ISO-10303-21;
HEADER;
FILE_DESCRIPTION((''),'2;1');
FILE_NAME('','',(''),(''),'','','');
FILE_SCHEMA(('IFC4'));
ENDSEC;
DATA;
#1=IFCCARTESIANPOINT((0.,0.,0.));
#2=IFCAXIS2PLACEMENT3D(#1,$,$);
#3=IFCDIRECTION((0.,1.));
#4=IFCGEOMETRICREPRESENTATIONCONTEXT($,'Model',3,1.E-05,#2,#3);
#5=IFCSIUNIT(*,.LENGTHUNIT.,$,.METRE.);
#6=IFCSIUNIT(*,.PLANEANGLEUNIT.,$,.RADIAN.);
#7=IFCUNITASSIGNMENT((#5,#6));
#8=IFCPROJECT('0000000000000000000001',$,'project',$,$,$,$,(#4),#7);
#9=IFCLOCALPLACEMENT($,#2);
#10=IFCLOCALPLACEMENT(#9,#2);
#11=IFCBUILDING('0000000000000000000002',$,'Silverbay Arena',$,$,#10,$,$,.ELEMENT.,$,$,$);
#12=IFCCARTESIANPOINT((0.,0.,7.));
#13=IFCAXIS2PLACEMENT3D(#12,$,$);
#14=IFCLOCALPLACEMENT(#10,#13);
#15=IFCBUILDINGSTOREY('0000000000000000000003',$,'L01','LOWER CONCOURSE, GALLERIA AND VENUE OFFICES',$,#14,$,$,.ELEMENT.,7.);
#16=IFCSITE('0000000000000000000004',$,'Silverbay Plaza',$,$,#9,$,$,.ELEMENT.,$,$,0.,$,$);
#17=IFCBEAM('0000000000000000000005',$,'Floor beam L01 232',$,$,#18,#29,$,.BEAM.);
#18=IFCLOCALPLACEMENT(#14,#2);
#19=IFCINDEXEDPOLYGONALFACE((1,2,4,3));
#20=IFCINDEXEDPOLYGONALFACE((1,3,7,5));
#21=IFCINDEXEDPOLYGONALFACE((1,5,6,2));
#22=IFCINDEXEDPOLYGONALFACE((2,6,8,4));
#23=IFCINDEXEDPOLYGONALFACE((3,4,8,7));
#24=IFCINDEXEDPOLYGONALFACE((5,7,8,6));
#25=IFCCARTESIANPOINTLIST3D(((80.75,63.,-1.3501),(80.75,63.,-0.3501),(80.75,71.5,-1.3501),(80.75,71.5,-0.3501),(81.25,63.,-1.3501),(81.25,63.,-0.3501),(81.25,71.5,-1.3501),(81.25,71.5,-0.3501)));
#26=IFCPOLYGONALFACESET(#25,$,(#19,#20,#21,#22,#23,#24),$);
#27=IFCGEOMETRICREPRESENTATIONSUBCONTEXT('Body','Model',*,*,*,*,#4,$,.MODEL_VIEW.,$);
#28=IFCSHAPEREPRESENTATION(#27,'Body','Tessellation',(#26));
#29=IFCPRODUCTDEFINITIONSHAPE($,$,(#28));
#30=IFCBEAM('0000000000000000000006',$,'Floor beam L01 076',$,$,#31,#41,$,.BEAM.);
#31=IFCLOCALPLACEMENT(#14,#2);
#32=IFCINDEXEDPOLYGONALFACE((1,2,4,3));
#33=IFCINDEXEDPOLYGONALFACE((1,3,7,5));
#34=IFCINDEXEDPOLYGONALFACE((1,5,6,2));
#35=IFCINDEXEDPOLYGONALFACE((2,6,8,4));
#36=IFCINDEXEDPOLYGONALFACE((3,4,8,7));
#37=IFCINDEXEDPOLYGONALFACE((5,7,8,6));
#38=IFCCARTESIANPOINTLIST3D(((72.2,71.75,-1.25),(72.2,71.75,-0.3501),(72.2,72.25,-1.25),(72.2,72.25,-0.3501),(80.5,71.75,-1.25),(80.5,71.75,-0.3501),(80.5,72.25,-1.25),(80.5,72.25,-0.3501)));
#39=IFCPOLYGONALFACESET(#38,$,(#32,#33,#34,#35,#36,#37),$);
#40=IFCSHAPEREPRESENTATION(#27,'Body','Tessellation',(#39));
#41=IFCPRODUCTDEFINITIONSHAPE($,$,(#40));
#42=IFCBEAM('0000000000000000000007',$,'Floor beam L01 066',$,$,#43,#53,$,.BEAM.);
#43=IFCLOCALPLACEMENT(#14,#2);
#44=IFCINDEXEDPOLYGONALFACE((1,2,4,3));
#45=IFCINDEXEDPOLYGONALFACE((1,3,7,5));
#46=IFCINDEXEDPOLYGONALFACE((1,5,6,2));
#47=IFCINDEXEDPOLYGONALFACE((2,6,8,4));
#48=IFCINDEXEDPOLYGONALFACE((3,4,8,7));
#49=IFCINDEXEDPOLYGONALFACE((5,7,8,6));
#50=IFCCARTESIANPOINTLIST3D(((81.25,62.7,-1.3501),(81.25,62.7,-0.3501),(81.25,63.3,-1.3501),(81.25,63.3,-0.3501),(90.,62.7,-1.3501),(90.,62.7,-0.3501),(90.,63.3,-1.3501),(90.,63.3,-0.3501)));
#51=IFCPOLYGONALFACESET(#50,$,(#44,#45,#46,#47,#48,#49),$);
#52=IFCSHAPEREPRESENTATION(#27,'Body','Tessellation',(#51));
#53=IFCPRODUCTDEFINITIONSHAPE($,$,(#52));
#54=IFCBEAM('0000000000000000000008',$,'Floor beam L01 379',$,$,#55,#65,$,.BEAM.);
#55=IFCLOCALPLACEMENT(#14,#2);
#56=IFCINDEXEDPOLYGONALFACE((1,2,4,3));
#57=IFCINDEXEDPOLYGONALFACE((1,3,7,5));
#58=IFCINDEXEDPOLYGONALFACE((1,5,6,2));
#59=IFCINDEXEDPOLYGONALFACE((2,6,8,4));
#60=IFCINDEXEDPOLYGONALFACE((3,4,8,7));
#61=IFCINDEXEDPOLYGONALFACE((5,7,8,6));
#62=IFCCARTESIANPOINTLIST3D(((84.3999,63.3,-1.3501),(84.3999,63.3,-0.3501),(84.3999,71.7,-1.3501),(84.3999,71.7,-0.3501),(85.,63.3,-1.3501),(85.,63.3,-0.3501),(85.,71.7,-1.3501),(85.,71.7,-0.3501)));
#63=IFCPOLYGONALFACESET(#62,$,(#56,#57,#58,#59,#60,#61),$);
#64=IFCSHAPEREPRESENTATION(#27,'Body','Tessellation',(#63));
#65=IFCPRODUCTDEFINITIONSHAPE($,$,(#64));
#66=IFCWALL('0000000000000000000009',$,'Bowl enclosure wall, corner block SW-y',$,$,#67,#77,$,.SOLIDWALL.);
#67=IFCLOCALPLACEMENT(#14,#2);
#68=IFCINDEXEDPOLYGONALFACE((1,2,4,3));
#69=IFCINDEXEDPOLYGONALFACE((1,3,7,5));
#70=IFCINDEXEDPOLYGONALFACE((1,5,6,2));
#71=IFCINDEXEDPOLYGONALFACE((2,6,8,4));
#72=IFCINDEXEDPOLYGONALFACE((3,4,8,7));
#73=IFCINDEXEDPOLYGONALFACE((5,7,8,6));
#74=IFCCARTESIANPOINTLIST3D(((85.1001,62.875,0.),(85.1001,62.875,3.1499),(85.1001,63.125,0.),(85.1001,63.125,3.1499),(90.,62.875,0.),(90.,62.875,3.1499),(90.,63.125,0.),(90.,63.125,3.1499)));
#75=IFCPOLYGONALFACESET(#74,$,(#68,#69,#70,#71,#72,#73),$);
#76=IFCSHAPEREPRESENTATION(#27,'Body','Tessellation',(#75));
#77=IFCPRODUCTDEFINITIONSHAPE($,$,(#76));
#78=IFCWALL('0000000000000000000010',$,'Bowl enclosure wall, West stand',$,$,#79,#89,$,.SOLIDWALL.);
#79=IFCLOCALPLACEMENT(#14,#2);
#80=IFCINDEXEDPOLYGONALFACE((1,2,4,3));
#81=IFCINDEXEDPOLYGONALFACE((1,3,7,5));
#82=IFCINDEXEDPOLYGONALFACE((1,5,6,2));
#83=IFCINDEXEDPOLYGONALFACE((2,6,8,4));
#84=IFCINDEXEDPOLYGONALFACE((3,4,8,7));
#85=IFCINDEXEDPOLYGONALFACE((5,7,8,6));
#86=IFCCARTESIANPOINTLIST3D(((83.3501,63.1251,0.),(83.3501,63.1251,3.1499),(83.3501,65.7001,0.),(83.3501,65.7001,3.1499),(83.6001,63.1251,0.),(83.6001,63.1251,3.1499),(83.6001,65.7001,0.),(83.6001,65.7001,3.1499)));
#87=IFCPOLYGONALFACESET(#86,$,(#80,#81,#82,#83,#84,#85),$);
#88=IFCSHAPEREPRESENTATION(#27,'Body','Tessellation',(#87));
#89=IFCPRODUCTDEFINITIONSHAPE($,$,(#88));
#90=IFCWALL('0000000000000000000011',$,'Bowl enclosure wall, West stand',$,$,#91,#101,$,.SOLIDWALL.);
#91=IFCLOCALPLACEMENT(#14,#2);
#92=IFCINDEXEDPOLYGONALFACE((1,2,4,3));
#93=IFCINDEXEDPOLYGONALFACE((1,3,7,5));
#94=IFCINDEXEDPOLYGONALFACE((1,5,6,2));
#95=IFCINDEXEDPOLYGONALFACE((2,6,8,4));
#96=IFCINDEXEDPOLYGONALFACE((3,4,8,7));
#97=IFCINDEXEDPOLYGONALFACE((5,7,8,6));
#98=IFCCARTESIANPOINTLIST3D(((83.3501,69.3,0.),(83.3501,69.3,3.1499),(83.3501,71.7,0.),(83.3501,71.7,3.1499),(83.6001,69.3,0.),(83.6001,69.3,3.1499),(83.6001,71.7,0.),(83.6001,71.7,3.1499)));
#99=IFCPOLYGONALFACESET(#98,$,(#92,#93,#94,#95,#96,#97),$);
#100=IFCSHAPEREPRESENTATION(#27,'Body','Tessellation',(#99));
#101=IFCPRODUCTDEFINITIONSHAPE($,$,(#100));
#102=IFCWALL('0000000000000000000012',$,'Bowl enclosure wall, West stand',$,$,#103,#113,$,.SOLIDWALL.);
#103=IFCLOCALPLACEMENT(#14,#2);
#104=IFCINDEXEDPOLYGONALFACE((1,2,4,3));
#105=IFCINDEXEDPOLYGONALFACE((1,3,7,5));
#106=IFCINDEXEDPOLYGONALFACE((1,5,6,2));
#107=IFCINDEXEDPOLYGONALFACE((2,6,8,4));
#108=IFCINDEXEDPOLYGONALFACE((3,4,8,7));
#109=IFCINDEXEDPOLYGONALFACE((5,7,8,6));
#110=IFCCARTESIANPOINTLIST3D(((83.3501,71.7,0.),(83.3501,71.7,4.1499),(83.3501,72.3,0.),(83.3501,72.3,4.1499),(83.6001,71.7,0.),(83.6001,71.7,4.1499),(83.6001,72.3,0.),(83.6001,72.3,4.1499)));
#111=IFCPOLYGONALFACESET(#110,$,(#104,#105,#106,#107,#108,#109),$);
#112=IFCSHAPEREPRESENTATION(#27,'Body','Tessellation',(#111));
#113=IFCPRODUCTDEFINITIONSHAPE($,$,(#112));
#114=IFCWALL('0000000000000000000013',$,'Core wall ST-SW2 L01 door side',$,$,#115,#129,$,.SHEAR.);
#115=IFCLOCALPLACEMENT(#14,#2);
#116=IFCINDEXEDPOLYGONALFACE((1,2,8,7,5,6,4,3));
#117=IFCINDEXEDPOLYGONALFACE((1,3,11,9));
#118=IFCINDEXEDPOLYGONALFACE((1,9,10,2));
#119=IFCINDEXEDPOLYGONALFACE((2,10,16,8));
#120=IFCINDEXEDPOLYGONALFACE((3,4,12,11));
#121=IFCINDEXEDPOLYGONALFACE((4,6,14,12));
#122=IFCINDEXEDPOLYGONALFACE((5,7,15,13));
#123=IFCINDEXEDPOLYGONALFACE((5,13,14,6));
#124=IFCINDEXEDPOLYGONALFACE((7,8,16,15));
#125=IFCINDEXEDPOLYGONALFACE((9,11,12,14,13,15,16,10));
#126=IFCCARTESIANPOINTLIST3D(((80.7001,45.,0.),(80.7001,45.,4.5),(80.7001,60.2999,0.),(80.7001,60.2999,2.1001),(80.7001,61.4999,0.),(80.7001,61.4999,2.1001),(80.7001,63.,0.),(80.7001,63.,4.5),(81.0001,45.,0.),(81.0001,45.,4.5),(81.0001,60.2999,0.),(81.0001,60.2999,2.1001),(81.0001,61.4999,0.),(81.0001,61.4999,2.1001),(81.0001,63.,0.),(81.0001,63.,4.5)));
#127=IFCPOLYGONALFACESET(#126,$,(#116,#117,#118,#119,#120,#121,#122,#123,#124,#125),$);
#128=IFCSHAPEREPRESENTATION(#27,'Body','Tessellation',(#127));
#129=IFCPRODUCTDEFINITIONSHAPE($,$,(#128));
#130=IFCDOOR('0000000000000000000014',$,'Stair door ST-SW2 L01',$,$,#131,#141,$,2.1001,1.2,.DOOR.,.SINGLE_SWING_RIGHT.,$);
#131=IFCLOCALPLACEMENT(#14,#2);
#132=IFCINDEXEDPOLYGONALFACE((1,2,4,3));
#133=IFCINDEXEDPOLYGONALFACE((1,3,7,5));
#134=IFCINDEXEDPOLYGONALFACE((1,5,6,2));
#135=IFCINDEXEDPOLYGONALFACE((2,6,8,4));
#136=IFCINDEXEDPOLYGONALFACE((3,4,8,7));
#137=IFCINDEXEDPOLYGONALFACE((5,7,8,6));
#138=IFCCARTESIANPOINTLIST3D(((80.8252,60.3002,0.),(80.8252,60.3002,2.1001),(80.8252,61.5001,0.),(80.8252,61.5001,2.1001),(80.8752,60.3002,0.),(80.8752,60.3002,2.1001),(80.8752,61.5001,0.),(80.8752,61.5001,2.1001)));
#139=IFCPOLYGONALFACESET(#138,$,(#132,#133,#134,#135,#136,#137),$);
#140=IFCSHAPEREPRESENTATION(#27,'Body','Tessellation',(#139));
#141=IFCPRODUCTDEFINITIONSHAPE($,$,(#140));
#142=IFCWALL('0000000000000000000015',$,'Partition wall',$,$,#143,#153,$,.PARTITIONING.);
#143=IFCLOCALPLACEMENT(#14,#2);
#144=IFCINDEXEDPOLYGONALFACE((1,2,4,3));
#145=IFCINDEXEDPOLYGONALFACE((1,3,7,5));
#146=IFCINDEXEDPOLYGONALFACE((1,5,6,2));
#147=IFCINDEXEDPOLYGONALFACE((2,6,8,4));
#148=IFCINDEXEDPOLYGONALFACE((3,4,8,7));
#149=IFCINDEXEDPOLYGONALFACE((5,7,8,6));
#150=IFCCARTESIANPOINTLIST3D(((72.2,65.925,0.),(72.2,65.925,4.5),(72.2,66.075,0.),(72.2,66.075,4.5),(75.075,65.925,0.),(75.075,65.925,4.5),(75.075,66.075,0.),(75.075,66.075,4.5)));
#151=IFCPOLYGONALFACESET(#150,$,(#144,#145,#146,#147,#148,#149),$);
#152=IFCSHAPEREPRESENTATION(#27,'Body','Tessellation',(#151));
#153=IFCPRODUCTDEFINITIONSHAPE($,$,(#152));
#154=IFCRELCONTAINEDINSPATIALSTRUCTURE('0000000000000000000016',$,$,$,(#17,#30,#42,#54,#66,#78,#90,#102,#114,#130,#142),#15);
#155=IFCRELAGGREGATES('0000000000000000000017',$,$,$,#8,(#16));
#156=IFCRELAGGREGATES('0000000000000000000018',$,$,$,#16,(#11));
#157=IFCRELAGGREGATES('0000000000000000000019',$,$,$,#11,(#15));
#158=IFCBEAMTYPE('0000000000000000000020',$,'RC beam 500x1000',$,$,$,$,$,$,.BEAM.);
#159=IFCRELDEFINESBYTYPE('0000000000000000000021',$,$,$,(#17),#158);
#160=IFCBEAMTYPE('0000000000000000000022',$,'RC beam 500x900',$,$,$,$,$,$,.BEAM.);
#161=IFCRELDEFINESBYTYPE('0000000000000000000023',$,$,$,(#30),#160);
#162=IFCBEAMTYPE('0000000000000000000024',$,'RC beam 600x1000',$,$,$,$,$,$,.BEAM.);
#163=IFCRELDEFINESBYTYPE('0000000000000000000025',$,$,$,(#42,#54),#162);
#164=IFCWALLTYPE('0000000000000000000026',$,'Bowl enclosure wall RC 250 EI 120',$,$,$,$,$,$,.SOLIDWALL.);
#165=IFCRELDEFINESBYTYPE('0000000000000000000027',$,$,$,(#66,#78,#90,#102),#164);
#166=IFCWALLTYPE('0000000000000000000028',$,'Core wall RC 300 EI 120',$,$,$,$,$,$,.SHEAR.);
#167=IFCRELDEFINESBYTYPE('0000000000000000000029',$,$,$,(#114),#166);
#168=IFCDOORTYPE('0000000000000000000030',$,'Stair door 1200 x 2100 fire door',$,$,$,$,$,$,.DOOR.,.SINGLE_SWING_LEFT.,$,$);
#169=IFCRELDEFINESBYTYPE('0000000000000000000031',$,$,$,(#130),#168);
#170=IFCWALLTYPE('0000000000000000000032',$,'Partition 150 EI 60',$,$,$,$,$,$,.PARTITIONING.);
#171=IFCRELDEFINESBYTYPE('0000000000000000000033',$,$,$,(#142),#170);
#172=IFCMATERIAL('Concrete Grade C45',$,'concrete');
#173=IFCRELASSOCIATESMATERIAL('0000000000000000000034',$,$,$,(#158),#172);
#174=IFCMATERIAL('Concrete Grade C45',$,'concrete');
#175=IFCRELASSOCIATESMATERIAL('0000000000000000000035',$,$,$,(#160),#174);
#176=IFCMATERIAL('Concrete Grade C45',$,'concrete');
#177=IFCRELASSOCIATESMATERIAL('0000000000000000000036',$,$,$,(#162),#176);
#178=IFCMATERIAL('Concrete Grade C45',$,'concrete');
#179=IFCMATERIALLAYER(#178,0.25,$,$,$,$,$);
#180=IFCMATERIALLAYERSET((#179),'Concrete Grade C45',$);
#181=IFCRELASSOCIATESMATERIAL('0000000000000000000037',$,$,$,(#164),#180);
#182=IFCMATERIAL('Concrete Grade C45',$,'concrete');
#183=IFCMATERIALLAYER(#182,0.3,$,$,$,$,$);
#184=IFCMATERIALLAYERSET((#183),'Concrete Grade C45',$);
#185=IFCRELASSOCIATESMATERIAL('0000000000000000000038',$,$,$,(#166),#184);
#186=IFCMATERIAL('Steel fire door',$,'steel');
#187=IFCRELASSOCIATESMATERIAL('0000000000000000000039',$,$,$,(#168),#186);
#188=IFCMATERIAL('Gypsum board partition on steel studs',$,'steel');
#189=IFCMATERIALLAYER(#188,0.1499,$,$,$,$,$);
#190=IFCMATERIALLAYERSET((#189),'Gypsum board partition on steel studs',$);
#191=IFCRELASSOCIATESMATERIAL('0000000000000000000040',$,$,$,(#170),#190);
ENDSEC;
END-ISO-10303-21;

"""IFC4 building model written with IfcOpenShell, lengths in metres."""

from ifc_helpers import new_model, si_unit, direction, frame, frame_2d, origin, origin_2d, place, context, subcontext, project, spatial, rectangle, extrude, material, layer, layer_set, material_profile, profile_set, type_object, element, fill, save


model = new_model("IFC4")

# Units and contexts
model_context = context("Model", 3, precision=1e-05, world=origin(), true_north=direction((0.0, 1.0)))
body_context = subcontext(model_context, "Body", "Model", "MODEL_VIEW")
ifc_project = project(units=[si_unit("LENGTHUNIT", "METRE"), si_unit("PLANEANGLEUNIT", "RADIAN")], contexts=[model_context])

# Site, building, storey
site_placement = place(None, origin())
site = spatial("IfcSite", under=ifc_project, at=site_placement, Name="Silverbay Plaza", CompositionType="ELEMENT", RefElevation=0.0)
building_placement = place(site_placement, origin())
building = spatial("IfcBuilding", under=site, at=building_placement, Name="Silverbay Arena", CompositionType="ELEMENT")
storey_placement = place(building_placement, frame((0.0, 0.0, 7.0)))
storey = spatial("IfcBuildingStorey", under=building, at=storey_placement, Name="L01", Description="LOWER CONCOURSE, GALLERIA AND VENUE OFFICES", CompositionType="ELEMENT", Elevation=7.0)

# Beams
ifc_material_1 = material(Name="Concrete Grade C45", Category="concrete")
ifc_material_profile_1 = material_profile(ifc_material_1, rectangle(XDim=0.5, YDim=1.0, at=origin_2d()), Name="RC 500x1000")
ifc_profile_set_1 = profile_set([ifc_material_profile_1], Name="Concrete Grade C45")
beam_type_1 = type_object("IfcBeamType", Name="RC beam 500x1000", PredefinedType="BEAM", material=ifc_profile_set_1)
beam_1_placement = place(storey_placement, frame((81.0, 63.0, -0.8501), z_axis=(0.0, 1.0, 0.0), x_axis=(-1.0, 0.0, 0.0)))
element("IfcBeam", 1, at=beam_1_placement, inside=storey, type_object=beam_type_1, Name="Floor beam L01 232", PredefinedType="BEAM", context=body_context, shape_type="SweptSolid", body=[
    extrude(rectangle(XDim=0.5, YDim=1.0, at=origin_2d()), origin(), (0.0, 0.0, 1.0), 8.5),
])
ifc_material_2 = material(Name="Concrete Grade C45", Category="concrete")
ifc_material_profile_2 = material_profile(ifc_material_2, rectangle(XDim=0.5, YDim=0.8999, at=origin_2d()), Name="RC 500x900")
ifc_profile_set_2 = profile_set([ifc_material_profile_2], Name="Concrete Grade C45")
beam_type_2 = type_object("IfcBeamType", Name="RC beam 500x900", PredefinedType="BEAM", material=ifc_profile_set_2)
beam_2_placement = place(storey_placement, frame((72.2, 72.0, -0.8), z_axis=(1.0, 0.0, 0.0), x_axis=(0.0, 1.0, 0.0)))
element("IfcBeam", 2, at=beam_2_placement, inside=storey, type_object=beam_type_2, Name="Floor beam L01 076", PredefinedType="BEAM", context=body_context, shape_type="SweptSolid", body=[
    extrude(rectangle(XDim=0.5, YDim=0.8999, at=origin_2d()), origin(), (0.0, 0.0, 1.0), 8.3),
])
ifc_material_3 = material(Name="Concrete Grade C45", Category="concrete")
ifc_material_profile_3 = material_profile(ifc_material_3, rectangle(XDim=0.6001, YDim=1.0, at=origin_2d()), Name="RC 600x1000")
ifc_profile_set_3 = profile_set([ifc_material_profile_3], Name="Concrete Grade C45")
beam_type_3 = type_object("IfcBeamType", Name="RC beam 600x1000", PredefinedType="BEAM", material=ifc_profile_set_3)
beam_3_placement = place(storey_placement, frame((81.25, 63.0, -0.8501), z_axis=(1.0, 0.0, 0.0), x_axis=(0.0, 1.0, 0.0)))
element("IfcBeam", 3, at=beam_3_placement, inside=storey, type_object=beam_type_3, Name="Floor beam L01 066", PredefinedType="BEAM", context=body_context, shape_type="SweptSolid", body=[
    extrude(rectangle(XDim=0.6001, YDim=1.0, at=origin_2d()), origin(), (0.0, 0.0, 1.0), 8.75),
])
beam_4_placement = place(storey_placement, frame((84.7, 63.3, -0.8501), z_axis=(0.0, 1.0, 0.0), x_axis=(-1.0, 0.0, 0.0)))
element("IfcBeam", 4, at=beam_4_placement, inside=storey, type_object=beam_type_3, Name="Floor beam L01 379", PredefinedType="BEAM", context=body_context, shape_type="SweptSolid", body=[
    extrude(rectangle(XDim=0.6001, YDim=1.0, at=origin_2d()), origin(), (0.0, 0.0, 1.0), 8.3999),
])

# Shared definitions
ifc_material_4 = material(Name="Concrete Grade C45", Category="concrete")
ifc_layer_1 = layer(ifc_material_4, 0.25)
ifc_layer_set_1 = layer_set([ifc_layer_1], Name="Concrete Grade C45")
wall_type_1 = type_object("IfcWallType", Name="Bowl enclosure wall RC 250 EI 120", PredefinedType="SOLIDWALL", material=ifc_layer_set_1)

# Wall
wall_1_placement = place(storey_placement, frame((85.1001, 63.0, 0.0), z_axis=(0.0, 0.0, 1.0), x_axis=(1.0, 0.0, 0.0)))
element("IfcWall", 5, at=wall_1_placement, inside=storey, type_object=wall_type_1, Name="Bowl enclosure wall, corner block SW-y", PredefinedType="SOLIDWALL", context=body_context, shape_type="SweptSolid", body=[
    extrude(rectangle(XDim=4.8999, YDim=0.25, at=frame_2d((2.45, 0.0))), origin(), (0.0, 0.0, 1.0), 3.1499),
])

# Walls
wall_2_placement = place(storey_placement, frame((83.4751, 63.125, 0.0), z_axis=(0.0, 0.0, 1.0), x_axis=(0.0, 1.0, 0.0)))
element("IfcWall", 6, at=wall_2_placement, inside=storey, type_object=wall_type_1, Name="Bowl enclosure wall, West stand", PredefinedType="SOLIDWALL", context=body_context, shape_type="SweptSolid", body=[
    extrude(rectangle(XDim=2.575, YDim=0.25, at=frame_2d((1.2876, 0.0))), origin(), (0.0, 0.0, 1.0), 3.1499),
])
wall_3_placement = place(storey_placement, frame((83.4751, 69.3, 0.0), z_axis=(0.0, 0.0, 1.0), x_axis=(0.0, 1.0, 0.0)))
element("IfcWall", 7, at=wall_3_placement, inside=storey, type_object=wall_type_1, Name="Bowl enclosure wall, West stand", PredefinedType="SOLIDWALL", context=body_context, shape_type="SweptSolid", body=[
    extrude(rectangle(XDim=2.3999, YDim=0.25, at=frame_2d((1.2, 0.0))), origin(), (0.0, 0.0, 1.0), 3.1499),
])
wall_4_placement = place(storey_placement, frame((83.4751, 71.7, 0.0), z_axis=(0.0, 0.0, 1.0), x_axis=(0.0, 1.0, 0.0)))
element("IfcWall", 8, at=wall_4_placement, inside=storey, type_object=wall_type_1, Name="Bowl enclosure wall, West stand", PredefinedType="SOLIDWALL", context=body_context, shape_type="SweptSolid", body=[
    extrude(rectangle(XDim=0.6001, YDim=0.25, at=frame_2d((0.3, 0.0))), origin(), (0.0, 0.0, 1.0), 4.1499),
])

# Wall, opening, door
ifc_material_5 = material(Name="Concrete Grade C45", Category="concrete")
ifc_layer_2 = layer(ifc_material_5, 0.3)
ifc_layer_set_2 = layer_set([ifc_layer_2], Name="Concrete Grade C45")
wall_type_2 = type_object("IfcWallType", Name="Core wall RC 300 EI 120", PredefinedType="SHEAR", material=ifc_layer_set_2)
wall_5_placement = place(storey_placement, frame((80.8501, 63.0, 0.0), z_axis=(0.0, 0.0, 1.0), x_axis=(0.0, -1.0, 0.0)))
wall_5 = element("IfcWall", 9, at=wall_5_placement, inside=storey, type_object=wall_type_2, Name="Core wall ST-SW2 L01 door side", PredefinedType="SHEAR", context=body_context, shape_type="SweptSolid", body=[
    extrude(rectangle(XDim=18.0, YDim=0.3, at=frame_2d((9.0, 0.0))), origin(), (0.0, 0.0, 1.0), 4.5),
])
opening_1_placement = place(wall_5_placement, frame((1.5, 0.0, 0.0)))
opening_1 = element("IfcOpeningElement", 10, at=opening_1_placement, cuts=wall_5, PredefinedType="OPENING", context=body_context, shape_type="SweptSolid", body=[
    extrude(rectangle(XDim=1.2, YDim=2.1001, at=frame_2d((0.6001, 1.05))), frame((0.0, 0.1602, 0.0), z_axis=(0.0, -1.0, 0.0), x_axis=(1.0, 0.0, 0.0)), (0.0, 0.0, 1.0), 0.3201),
])
ifc_material_6 = material(Name="Steel fire door", Category="steel")
door_type_1 = type_object("IfcDoorType", Name="Stair door 1200 x 2100 fire door", OperationType="SINGLE_SWING_LEFT", PredefinedType="DOOR", material=ifc_material_6)
door_1_placement = place(opening_1_placement, frame((1.2, 0.0, 0.0), z_axis=(0.0, 0.0, 1.0), x_axis=(-1.0, 0.0, 0.0)))
door_1 = element("IfcDoor", 11, at=door_1_placement, inside=storey, type_object=door_type_1, Name="Stair door ST-SW2 L01", OperationType="SINGLE_SWING_RIGHT", OverallHeight=2.1001, OverallWidth=1.2, PredefinedType="DOOR", context=body_context, shape_type="SweptSolid", body=[
    extrude(rectangle(XDim=1.2, YDim=2.1001, at=frame_2d((0.6001, 1.05))), frame((0.0, 0.0249, 0.0), z_axis=(0.0, -1.0, 0.0), x_axis=(1.0, 0.0, 0.0)), (0.0, 0.0, 1.0), 0.05),
])
fill(opening_1, door_1)

# Wall
ifc_material_7 = material(Name="Gypsum board partition on steel studs", Category="steel")
ifc_layer_3 = layer(ifc_material_7, 0.1499)
ifc_layer_set_3 = layer_set([ifc_layer_3], Name="Gypsum board partition on steel studs")
wall_type_3 = type_object("IfcWallType", Name="Partition 150 EI 60", PredefinedType="PARTITIONING", material=ifc_layer_set_3)
wall_6_placement = place(storey_placement, frame((72.2, 66.0, 0.0), z_axis=(0.0, 0.0, 1.0), x_axis=(1.0, 0.0, 0.0)))
element("IfcWall", 12, at=wall_6_placement, inside=storey, type_object=wall_type_3, Name="Partition wall", PredefinedType="PARTITIONING", context=body_context, shape_type="SweptSolid", body=[
    extrude(rectangle(XDim=2.875, YDim=0.1499, at=frame_2d((1.4375, 0.0))), origin(), (0.0, 0.0, 1.0), 4.5),
])

save(model, "model.ifc")
